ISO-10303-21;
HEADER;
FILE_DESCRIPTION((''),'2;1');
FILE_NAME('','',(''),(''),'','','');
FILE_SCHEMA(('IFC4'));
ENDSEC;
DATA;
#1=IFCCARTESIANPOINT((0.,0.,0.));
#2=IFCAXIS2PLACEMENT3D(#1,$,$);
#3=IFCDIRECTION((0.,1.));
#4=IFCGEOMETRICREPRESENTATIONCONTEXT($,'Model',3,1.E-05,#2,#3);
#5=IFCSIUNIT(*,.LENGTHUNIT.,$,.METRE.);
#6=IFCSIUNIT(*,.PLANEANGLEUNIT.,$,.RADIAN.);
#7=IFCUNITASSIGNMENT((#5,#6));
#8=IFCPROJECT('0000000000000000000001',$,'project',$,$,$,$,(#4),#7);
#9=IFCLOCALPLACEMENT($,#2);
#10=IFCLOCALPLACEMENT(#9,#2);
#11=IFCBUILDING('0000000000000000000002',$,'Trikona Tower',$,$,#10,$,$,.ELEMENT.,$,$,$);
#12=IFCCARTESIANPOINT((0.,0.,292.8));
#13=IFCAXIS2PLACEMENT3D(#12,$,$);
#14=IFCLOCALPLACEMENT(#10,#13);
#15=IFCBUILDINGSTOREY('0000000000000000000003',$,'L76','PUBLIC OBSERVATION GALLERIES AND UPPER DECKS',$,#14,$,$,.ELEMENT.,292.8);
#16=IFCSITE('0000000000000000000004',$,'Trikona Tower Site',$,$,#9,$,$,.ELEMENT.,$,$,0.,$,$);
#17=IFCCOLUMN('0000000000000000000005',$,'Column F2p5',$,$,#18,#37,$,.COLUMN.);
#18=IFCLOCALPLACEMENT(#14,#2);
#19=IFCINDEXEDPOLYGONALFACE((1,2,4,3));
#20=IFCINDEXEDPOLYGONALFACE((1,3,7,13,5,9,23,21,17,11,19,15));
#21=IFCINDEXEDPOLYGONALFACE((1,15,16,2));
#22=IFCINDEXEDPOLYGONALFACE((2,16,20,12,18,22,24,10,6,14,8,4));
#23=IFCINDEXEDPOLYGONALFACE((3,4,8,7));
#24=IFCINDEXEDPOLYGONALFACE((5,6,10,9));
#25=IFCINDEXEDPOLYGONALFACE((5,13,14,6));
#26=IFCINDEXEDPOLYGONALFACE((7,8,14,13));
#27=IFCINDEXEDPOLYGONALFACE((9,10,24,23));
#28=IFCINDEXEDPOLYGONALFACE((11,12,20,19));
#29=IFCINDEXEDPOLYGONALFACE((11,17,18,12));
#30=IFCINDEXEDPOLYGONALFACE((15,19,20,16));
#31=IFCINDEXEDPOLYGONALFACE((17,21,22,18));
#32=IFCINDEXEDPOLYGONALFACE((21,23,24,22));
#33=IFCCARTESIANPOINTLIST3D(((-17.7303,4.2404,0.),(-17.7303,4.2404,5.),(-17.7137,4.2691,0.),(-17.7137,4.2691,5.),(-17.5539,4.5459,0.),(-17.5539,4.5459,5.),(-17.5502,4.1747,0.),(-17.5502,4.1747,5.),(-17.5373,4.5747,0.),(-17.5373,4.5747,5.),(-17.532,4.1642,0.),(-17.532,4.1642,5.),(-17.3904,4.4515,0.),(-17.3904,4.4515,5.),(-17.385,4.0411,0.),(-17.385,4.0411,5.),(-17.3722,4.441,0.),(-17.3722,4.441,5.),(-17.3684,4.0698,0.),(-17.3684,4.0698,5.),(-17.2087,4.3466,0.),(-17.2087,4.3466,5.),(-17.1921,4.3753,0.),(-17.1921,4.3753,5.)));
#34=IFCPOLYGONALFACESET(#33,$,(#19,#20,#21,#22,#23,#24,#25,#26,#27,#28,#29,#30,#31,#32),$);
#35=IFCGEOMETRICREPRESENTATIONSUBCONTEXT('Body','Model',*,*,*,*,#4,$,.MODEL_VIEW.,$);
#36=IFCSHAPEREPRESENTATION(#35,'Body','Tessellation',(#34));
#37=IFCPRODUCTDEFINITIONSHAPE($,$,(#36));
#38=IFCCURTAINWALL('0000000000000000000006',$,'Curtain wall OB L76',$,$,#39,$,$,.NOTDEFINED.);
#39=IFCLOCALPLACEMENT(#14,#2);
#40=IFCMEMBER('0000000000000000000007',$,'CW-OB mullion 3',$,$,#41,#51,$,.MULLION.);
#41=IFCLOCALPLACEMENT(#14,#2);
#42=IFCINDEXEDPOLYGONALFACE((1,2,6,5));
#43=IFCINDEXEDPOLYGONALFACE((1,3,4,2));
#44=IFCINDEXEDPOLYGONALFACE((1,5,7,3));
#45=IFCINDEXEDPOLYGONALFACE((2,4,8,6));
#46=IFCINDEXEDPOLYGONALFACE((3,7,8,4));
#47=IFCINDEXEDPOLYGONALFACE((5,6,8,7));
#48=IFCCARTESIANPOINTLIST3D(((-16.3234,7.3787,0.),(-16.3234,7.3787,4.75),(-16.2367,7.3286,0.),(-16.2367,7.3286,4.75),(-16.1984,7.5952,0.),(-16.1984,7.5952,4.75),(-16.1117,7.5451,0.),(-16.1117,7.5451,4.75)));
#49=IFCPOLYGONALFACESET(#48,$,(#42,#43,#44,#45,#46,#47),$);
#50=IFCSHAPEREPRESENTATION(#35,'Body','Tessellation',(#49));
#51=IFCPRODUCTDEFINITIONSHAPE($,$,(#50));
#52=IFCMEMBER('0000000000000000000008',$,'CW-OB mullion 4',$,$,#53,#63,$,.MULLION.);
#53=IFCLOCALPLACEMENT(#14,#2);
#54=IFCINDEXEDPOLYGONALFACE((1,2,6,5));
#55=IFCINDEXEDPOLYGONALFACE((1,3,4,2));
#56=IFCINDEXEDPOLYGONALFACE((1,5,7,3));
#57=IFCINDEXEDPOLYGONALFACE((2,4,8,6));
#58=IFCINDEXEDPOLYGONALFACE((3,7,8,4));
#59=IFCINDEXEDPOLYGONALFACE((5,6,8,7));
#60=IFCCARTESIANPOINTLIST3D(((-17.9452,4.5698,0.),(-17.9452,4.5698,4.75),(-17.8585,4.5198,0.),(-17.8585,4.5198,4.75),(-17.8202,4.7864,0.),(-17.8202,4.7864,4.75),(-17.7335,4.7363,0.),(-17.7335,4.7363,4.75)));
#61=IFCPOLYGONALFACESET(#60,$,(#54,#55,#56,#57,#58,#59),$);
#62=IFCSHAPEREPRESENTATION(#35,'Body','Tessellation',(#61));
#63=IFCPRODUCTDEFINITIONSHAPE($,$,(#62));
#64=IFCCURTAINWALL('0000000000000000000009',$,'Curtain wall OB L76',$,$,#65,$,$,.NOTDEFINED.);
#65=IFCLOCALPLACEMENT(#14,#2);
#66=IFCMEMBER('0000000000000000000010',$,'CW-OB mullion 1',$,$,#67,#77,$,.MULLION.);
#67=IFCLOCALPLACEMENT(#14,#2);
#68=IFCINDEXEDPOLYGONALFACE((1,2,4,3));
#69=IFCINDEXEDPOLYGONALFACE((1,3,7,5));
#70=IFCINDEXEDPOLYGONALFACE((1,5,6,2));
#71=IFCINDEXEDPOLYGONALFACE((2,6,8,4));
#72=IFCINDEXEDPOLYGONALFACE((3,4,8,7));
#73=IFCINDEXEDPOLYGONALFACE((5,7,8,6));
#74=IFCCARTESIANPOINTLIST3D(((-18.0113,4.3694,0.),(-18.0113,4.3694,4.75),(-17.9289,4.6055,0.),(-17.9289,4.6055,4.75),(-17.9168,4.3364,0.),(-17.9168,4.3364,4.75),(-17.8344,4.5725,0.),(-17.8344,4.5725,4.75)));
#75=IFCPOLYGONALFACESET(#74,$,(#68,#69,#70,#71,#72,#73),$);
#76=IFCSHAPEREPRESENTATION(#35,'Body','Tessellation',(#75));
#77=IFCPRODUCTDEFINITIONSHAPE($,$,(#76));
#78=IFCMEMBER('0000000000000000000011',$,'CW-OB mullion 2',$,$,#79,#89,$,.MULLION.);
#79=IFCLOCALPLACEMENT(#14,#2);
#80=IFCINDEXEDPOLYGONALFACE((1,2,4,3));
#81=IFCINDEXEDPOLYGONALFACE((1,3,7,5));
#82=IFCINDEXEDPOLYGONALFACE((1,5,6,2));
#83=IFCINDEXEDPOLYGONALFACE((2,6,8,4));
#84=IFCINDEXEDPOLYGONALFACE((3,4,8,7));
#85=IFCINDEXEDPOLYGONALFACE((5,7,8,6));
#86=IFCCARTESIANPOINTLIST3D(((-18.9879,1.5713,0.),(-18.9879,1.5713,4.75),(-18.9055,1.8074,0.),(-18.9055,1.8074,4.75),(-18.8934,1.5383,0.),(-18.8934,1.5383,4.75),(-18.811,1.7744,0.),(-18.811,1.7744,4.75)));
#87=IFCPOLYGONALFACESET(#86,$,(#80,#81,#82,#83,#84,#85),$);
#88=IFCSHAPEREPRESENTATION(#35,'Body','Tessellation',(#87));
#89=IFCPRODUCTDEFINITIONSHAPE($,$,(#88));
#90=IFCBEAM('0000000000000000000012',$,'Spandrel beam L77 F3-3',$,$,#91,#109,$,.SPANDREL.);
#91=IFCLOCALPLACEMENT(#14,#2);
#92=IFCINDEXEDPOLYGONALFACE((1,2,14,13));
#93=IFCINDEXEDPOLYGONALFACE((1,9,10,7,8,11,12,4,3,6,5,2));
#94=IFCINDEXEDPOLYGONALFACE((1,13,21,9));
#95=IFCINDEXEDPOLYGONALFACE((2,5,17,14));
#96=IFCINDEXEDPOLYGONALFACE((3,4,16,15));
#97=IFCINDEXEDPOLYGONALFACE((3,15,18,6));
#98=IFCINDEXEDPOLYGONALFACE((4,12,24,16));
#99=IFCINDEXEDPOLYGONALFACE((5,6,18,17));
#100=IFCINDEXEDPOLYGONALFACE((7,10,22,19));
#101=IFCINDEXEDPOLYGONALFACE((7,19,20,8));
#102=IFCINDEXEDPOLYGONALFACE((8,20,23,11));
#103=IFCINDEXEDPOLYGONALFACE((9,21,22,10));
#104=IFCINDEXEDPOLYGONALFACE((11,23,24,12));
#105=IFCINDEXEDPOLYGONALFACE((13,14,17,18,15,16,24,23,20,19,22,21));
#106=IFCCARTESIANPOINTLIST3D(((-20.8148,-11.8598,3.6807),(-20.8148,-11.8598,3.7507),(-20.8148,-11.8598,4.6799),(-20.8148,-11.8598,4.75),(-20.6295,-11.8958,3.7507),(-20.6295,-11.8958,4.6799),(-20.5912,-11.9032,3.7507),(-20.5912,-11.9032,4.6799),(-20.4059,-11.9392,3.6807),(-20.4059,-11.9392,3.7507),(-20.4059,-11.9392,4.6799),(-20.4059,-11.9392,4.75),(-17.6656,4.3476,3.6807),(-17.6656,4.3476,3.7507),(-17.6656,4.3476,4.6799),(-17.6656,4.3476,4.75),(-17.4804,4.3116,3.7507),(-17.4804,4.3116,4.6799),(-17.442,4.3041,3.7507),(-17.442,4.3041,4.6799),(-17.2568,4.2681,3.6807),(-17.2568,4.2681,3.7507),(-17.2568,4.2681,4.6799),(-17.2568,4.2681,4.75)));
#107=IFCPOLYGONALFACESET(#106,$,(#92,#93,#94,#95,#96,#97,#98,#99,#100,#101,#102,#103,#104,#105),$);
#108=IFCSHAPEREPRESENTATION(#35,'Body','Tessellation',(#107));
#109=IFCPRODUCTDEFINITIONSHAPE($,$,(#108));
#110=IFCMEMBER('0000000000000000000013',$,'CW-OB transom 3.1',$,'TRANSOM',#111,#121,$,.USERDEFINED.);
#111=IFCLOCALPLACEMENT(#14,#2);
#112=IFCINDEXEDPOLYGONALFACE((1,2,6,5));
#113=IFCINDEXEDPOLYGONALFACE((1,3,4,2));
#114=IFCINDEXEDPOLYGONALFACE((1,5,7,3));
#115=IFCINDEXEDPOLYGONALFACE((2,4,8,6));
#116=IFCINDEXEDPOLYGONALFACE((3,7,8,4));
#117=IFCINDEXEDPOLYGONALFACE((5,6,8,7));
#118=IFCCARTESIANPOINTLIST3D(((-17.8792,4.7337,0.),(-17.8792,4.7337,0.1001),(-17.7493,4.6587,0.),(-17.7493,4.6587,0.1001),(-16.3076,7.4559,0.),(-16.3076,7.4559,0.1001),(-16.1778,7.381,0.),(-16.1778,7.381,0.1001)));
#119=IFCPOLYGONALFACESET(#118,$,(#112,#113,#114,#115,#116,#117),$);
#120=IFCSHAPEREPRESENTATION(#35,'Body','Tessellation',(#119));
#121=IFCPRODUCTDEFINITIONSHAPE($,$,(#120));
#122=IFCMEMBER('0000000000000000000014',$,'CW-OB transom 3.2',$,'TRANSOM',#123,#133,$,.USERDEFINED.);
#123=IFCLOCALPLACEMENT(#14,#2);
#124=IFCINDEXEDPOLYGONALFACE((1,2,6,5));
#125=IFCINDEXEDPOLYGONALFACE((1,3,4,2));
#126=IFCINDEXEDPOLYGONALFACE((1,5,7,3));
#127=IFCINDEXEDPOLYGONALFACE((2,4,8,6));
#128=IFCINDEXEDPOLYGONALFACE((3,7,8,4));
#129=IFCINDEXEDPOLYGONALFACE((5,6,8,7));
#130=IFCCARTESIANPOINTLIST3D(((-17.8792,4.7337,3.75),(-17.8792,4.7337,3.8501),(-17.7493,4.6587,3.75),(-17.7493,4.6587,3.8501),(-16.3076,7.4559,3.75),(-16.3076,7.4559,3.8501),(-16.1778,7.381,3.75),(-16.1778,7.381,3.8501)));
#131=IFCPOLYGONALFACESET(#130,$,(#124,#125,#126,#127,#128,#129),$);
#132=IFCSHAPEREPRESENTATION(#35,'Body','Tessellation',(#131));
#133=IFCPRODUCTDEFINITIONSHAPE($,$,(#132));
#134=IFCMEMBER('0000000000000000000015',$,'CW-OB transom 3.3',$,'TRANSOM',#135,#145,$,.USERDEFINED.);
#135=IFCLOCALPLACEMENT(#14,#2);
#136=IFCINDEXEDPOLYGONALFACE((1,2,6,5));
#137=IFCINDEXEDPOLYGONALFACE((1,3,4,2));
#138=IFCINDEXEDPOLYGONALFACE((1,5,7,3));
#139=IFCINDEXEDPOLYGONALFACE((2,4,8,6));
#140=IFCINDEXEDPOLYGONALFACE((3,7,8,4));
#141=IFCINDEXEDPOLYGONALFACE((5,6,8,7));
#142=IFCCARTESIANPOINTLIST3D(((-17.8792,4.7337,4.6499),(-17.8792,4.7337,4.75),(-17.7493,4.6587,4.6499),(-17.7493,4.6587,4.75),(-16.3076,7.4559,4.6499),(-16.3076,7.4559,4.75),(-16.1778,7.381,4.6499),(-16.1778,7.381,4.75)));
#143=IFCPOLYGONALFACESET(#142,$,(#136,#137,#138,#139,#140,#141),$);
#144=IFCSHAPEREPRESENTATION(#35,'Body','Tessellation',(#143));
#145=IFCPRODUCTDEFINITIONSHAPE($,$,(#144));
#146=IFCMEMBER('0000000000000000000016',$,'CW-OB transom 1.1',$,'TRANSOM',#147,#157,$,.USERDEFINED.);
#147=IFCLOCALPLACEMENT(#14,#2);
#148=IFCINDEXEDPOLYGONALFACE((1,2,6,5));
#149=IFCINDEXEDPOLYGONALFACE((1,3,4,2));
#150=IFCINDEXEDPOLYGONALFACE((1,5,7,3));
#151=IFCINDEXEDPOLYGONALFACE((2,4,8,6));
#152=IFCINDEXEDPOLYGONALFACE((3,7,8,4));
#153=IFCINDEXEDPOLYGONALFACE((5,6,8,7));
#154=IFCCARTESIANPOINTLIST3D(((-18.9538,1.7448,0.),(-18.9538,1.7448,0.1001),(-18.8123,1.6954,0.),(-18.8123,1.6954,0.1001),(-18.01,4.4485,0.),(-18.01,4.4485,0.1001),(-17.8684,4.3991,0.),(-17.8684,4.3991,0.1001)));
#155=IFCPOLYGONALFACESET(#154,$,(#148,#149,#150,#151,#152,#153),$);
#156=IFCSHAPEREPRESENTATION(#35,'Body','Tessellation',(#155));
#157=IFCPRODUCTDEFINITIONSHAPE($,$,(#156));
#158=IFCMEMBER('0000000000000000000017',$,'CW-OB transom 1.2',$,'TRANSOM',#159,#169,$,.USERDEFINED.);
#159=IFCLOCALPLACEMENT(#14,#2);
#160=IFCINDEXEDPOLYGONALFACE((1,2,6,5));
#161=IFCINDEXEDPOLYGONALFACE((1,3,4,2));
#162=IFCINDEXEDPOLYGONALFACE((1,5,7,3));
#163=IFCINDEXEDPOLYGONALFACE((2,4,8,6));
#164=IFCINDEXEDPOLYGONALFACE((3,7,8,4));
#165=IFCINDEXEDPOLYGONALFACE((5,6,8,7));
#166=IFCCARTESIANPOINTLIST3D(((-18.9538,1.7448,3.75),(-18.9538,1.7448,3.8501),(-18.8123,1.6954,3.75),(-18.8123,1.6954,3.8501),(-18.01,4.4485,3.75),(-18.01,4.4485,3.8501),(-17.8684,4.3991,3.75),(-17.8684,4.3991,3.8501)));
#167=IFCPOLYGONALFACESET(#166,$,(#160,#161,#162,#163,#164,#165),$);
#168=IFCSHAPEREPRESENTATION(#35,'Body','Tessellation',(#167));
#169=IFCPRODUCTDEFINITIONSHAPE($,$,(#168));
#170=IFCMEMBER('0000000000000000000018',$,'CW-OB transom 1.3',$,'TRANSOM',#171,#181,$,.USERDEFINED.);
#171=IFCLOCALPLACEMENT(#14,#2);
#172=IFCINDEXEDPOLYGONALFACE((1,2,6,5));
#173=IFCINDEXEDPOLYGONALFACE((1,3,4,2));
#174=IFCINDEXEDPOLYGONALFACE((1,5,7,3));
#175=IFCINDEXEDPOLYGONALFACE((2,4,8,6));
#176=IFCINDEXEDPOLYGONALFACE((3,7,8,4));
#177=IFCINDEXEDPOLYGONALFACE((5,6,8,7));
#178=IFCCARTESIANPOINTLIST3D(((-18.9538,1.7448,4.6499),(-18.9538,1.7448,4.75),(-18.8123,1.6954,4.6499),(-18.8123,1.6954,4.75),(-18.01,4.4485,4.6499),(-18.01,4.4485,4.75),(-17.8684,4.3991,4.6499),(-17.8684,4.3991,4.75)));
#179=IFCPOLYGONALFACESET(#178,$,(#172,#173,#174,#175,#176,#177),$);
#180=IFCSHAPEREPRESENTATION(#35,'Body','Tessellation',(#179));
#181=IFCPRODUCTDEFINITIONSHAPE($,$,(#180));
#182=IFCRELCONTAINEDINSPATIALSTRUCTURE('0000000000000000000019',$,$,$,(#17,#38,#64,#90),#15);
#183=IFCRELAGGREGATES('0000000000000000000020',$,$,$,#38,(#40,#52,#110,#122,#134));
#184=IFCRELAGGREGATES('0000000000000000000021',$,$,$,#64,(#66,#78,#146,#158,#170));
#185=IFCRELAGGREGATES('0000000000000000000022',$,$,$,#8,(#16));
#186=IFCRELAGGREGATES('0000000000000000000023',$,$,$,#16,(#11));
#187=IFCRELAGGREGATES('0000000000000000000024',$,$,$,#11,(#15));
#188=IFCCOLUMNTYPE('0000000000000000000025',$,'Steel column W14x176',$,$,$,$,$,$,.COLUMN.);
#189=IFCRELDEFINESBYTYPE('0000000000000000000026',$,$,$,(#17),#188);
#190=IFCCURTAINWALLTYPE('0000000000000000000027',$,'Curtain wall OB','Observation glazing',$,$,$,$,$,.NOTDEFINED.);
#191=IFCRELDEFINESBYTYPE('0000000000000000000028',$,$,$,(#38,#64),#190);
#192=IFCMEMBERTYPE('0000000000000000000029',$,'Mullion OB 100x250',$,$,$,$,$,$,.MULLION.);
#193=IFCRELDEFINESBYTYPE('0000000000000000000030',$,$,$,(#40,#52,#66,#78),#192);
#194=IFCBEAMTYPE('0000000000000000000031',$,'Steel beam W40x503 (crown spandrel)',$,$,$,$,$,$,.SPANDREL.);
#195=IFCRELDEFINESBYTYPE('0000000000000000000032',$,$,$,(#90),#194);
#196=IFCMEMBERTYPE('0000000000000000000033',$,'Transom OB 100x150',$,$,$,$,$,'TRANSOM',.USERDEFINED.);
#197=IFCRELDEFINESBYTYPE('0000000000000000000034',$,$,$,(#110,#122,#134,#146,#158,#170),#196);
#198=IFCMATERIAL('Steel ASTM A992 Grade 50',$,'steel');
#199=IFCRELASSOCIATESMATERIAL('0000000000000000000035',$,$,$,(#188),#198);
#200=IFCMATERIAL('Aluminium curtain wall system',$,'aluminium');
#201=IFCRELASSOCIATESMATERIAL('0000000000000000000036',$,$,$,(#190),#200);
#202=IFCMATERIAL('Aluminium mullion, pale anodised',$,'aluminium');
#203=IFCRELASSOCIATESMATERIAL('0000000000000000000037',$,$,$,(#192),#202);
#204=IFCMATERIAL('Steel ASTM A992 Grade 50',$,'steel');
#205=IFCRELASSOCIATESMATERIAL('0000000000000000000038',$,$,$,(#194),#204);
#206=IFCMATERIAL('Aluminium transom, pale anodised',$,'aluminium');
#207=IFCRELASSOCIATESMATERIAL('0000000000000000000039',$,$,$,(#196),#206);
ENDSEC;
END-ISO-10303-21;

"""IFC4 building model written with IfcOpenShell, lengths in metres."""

from ifc_helpers import new_model, si_unit, direction, frame, origin, origin_2d, place, context, subcontext, project, spatial, rectangle, i_section, extrude, material, material_profile, profile_set, type_object, element, aggregate, save


model = new_model("IFC4")

# Units and contexts
model_context = context("Model", 3, precision=1e-05, world=origin(), true_north=direction((0.0, 1.0)))
body_context = subcontext(model_context, "Body", "Model", "MODEL_VIEW")
ifc_project = project(units=[si_unit("LENGTHUNIT", "METRE"), si_unit("PLANEANGLEUNIT", "RADIAN")], contexts=[model_context])

# Site, building, storey
site_placement = place(None, origin())
site = spatial("IfcSite", under=ifc_project, at=site_placement, Name="Trikona Tower Site", CompositionType="ELEMENT", RefElevation=0.0)
building_placement = place(site_placement, origin())
building = spatial("IfcBuilding", under=site, at=building_placement, Name="Trikona Tower", CompositionType="ELEMENT")
storey_placement = place(building_placement, frame((0.0, 0.0, 292.8)))
storey = spatial("IfcBuildingStorey", under=building, at=storey_placement, Name="L76", Description="PUBLIC OBSERVATION GALLERIES AND UPPER DECKS", CompositionType="ELEMENT", Elevation=292.8)

# Column
ifc_material_1 = material(Name="Steel ASTM A992 Grade 50", Category="steel")
ifc_material_profile_1 = material_profile(ifc_material_1, i_section(OverallWidth=0.3987, OverallDepth=0.386, WebThickness=0.021, FlangeThickness=0.0332, at=origin_2d()), Name="W14X176")
ifc_profile_set_1 = profile_set([ifc_material_profile_1], Name="Steel ASTM A992 Grade 50")
column_type = type_object("IfcColumnType", Name="Steel column W14x176", PredefinedType="COLUMN", material=ifc_profile_set_1)
column_placement = place(storey_placement, frame((-17.4612, 4.3079, 0.0), z_axis=(0.0, 0.0, 1.0), x_axis=(-0.866025, 0.5, 0.0)))
element("IfcColumn", 1, at=column_placement, inside=storey, type_object=column_type, Name="Column F2p5", PredefinedType="COLUMN", context=body_context, shape_type="SweptSolid", body=[
    extrude(i_section(OverallWidth=0.3987, OverallDepth=0.386, WebThickness=0.021, FlangeThickness=0.0332, at=origin_2d()), origin(), (0.0, 0.0, 1.0), 5.0),
])

# Curtain walls, members
ifc_material_2 = material(Name="Aluminium curtain wall system", Category="aluminium")
curtain_wall_type = type_object("IfcCurtainWallType", Name="Curtain wall OB", Description="Observation glazing", PredefinedType="NOTDEFINED", material=ifc_material_2)
curtain_wall_1_placement = place(storey_placement, origin())
curtain_wall_1 = element("IfcCurtainWall", 2, at=curtain_wall_1_placement, inside=storey, type_object=curtain_wall_type, Name="Curtain wall OB L76", PredefinedType="NOTDEFINED")
ifc_material_3 = material(Name="Aluminium mullion, pale anodised", Category="aluminium")
ifc_material_profile_2 = material_profile(ifc_material_3, rectangle(XDim=0.1001, YDim=0.25, at=origin_2d()), Name="MUL-OB")
ifc_profile_set_2 = profile_set([ifc_material_profile_2], Name="Aluminium mullion, pale anodised")
member_type_1 = type_object("IfcMemberType", Name="Mullion OB 100x250", PredefinedType="MULLION", material=ifc_profile_set_2)
member_1_placement = place(storey_placement, frame((-16.2175, 7.4619, 0.0), z_axis=(0.0, 0.0, 1.0), x_axis=(0.866022, -0.500006, 0.0)))
member_1 = element("IfcMember", 3, at=member_1_placement, type_object=member_type_1, Name="CW-OB mullion 3", PredefinedType="MULLION", context=body_context, shape_type="SweptSolid", body=[
    extrude(rectangle(XDim=0.1001, YDim=0.25, at=origin_2d()), origin(), (0.0, 0.0, 1.0), 4.75),
])
member_2_placement = place(storey_placement, frame((-17.8394, 4.6531, 0.0), z_axis=(0.0, 0.0, 1.0), x_axis=(0.866022, -0.500006, 0.0)))
member_2 = element("IfcMember", 4, at=member_2_placement, type_object=member_type_1, Name="CW-OB mullion 4", PredefinedType="MULLION", context=body_context, shape_type="SweptSolid", body=[
    extrude(rectangle(XDim=0.1001, YDim=0.25, at=origin_2d()), origin(), (0.0, 0.0, 1.0), 4.75),
])
curtain_wall_2_placement = place(storey_placement, origin())
curtain_wall_2 = element("IfcCurtainWall", 5, at=curtain_wall_2_placement, inside=storey, type_object=curtain_wall_type, Name="Curtain wall OB L76", PredefinedType="NOTDEFINED")
member_3_placement = place(storey_placement, frame((-17.9229, 4.4709, 0.0), z_axis=(0.0, 0.0, 1.0), x_axis=(0.944137, -0.329552, 0.0)))
member_3 = element("IfcMember", 6, at=member_3_placement, type_object=member_type_1, Name="CW-OB mullion 1", PredefinedType="MULLION", context=body_context, shape_type="SweptSolid", body=[
    extrude(rectangle(XDim=0.1001, YDim=0.25, at=origin_2d()), origin(), (0.0, 0.0, 1.0), 4.75),
])
member_4_placement = place(storey_placement, frame((-18.8994, 1.6729, 0.0), z_axis=(0.0, 0.0, 1.0), x_axis=(0.944137, -0.329552, 0.0)))
member_4 = element("IfcMember", 7, at=member_4_placement, type_object=member_type_1, Name="CW-OB mullion 2", PredefinedType="MULLION", context=body_context, shape_type="SweptSolid", body=[
    extrude(rectangle(XDim=0.1001, YDim=0.25, at=origin_2d()), origin(), (0.0, 0.0, 1.0), 4.75),
])

# Beam
ifc_material_4 = material(Name="Steel ASTM A992 Grade 50", Category="steel")
ifc_material_profile_3 = material_profile(ifc_material_4, i_section(OverallWidth=0.4165, OverallDepth=1.0693, WebThickness=0.0391, FlangeThickness=0.0701, at=origin_2d()), Name="W40X503")
ifc_profile_set_3 = profile_set([ifc_material_profile_3], Name="Steel ASTM A992 Grade 50")
beam_type = type_object("IfcBeamType", Name="Steel beam W40x503 (crown spandrel)", PredefinedType="SPANDREL", material=ifc_profile_set_3)
beam_placement = place(storey_placement, frame((-17.4612, 4.3079, 4.2153), z_axis=(-0.190739, -0.981641, 0.0), x_axis=(0.981641, -0.190739, 0.0)))
element("IfcBeam", 8, at=beam_placement, inside=storey, type_object=beam_type, Name="Spandrel beam L77 F3-3", PredefinedType="SPANDREL", context=body_context, shape_type="SweptSolid", body=[
    extrude(i_section(OverallWidth=0.4165, OverallDepth=1.0693, WebThickness=0.0391, FlangeThickness=0.0701, at=origin_2d()), origin(), (0.0, 0.0, 1.0), 16.5105),
])

# Members
ifc_material_5 = material(Name="Aluminium transom, pale anodised", Category="aluminium")
ifc_material_profile_4 = material_profile(ifc_material_5, rectangle(XDim=0.1499, YDim=0.1001, at=origin_2d()), Name="TRN-OB")
ifc_profile_set_4 = profile_set([ifc_material_profile_4], Name="Aluminium transom, pale anodised")
member_type_2 = type_object("IfcMemberType", Name="Transom OB 100x150", ElementType="TRANSOM", PredefinedType="USERDEFINED", material=ifc_profile_set_4)
member_5_placement = place(storey_placement, frame((-16.2427, 7.4185, 0.05), z_axis=(-0.499973, -0.866041, 0.0), x_axis=(0.866041, -0.499973, 0.0)))
member_5 = element("IfcMember", 9, at=member_5_placement, type_object=member_type_2, Name="CW-OB transom 3.1", ObjectType="TRANSOM", PredefinedType="USERDEFINED", context=body_context, shape_type="SweptSolid", body=[
    extrude(rectangle(XDim=0.1499, YDim=0.1001, at=origin_2d()), origin(), (0.0, 0.0, 1.0), 3.1433),
])
member_6_placement = place(storey_placement, frame((-16.2427, 7.4185, 3.8), z_axis=(-0.499973, -0.866041, 0.0), x_axis=(0.866041, -0.499973, 0.0)))
member_6 = element("IfcMember", 10, at=member_6_placement, type_object=member_type_2, Name="CW-OB transom 3.2", ObjectType="TRANSOM", PredefinedType="USERDEFINED", context=body_context, shape_type="SweptSolid", body=[
    extrude(rectangle(XDim=0.1499, YDim=0.1001, at=origin_2d()), origin(), (0.0, 0.0, 1.0), 3.1433),
])
member_7_placement = place(storey_placement, frame((-16.2427, 7.4185, 4.7), z_axis=(-0.499973, -0.866041, 0.0), x_axis=(0.866041, -0.499973, 0.0)))
member_7 = element("IfcMember", 11, at=member_7_placement, type_object=member_type_2, Name="CW-OB transom 3.3", ObjectType="TRANSOM", PredefinedType="USERDEFINED", context=body_context, shape_type="SweptSolid", body=[
    extrude(rectangle(XDim=0.1499, YDim=0.1001, at=origin_2d()), origin(), (0.0, 0.0, 1.0), 3.1433),
])
member_8_placement = place(storey_placement, frame((-17.9392, 4.4238, 0.05), z_axis=(-0.329572, -0.94413, 0.0), x_axis=(0.94413, -0.329572, 0.0)))
member_8 = element("IfcMember", 12, at=member_8_placement, type_object=member_type_2, Name="CW-OB transom 1.1", ObjectType="TRANSOM", PredefinedType="USERDEFINED", context=body_context, shape_type="SweptSolid", body=[
    extrude(rectangle(XDim=0.1499, YDim=0.1001, at=origin_2d()), origin(), (0.0, 0.0, 1.0), 2.8638),
])
member_9_placement = place(storey_placement, frame((-17.9392, 4.4238, 3.8), z_axis=(-0.329572, -0.94413, 0.0), x_axis=(0.94413, -0.329572, 0.0)))
member_9 = element("IfcMember", 13, at=member_9_placement, type_object=member_type_2, Name="CW-OB transom 1.2", ObjectType="TRANSOM", PredefinedType="USERDEFINED", context=body_context, shape_type="SweptSolid", body=[
    extrude(rectangle(XDim=0.1499, YDim=0.1001, at=origin_2d()), origin(), (0.0, 0.0, 1.0), 2.8638),
])
member_10_placement = place(storey_placement, frame((-17.9392, 4.4238, 4.7), z_axis=(-0.329572, -0.94413, 0.0), x_axis=(0.94413, -0.329572, 0.0)))
member_10 = element("IfcMember", 14, at=member_10_placement, type_object=member_type_2, Name="CW-OB transom 1.3", ObjectType="TRANSOM", PredefinedType="USERDEFINED", context=body_context, shape_type="SweptSolid", body=[
    extrude(rectangle(XDim=0.1499, YDim=0.1001, at=origin_2d()), origin(), (0.0, 0.0, 1.0), 2.8638),
])

aggregate(curtain_wall_1, [member_1, member_2, member_5, member_6, member_7])
aggregate(curtain_wall_2, [member_3, member_4, member_8, member_9, member_10])

save(model, "model.ifc")
